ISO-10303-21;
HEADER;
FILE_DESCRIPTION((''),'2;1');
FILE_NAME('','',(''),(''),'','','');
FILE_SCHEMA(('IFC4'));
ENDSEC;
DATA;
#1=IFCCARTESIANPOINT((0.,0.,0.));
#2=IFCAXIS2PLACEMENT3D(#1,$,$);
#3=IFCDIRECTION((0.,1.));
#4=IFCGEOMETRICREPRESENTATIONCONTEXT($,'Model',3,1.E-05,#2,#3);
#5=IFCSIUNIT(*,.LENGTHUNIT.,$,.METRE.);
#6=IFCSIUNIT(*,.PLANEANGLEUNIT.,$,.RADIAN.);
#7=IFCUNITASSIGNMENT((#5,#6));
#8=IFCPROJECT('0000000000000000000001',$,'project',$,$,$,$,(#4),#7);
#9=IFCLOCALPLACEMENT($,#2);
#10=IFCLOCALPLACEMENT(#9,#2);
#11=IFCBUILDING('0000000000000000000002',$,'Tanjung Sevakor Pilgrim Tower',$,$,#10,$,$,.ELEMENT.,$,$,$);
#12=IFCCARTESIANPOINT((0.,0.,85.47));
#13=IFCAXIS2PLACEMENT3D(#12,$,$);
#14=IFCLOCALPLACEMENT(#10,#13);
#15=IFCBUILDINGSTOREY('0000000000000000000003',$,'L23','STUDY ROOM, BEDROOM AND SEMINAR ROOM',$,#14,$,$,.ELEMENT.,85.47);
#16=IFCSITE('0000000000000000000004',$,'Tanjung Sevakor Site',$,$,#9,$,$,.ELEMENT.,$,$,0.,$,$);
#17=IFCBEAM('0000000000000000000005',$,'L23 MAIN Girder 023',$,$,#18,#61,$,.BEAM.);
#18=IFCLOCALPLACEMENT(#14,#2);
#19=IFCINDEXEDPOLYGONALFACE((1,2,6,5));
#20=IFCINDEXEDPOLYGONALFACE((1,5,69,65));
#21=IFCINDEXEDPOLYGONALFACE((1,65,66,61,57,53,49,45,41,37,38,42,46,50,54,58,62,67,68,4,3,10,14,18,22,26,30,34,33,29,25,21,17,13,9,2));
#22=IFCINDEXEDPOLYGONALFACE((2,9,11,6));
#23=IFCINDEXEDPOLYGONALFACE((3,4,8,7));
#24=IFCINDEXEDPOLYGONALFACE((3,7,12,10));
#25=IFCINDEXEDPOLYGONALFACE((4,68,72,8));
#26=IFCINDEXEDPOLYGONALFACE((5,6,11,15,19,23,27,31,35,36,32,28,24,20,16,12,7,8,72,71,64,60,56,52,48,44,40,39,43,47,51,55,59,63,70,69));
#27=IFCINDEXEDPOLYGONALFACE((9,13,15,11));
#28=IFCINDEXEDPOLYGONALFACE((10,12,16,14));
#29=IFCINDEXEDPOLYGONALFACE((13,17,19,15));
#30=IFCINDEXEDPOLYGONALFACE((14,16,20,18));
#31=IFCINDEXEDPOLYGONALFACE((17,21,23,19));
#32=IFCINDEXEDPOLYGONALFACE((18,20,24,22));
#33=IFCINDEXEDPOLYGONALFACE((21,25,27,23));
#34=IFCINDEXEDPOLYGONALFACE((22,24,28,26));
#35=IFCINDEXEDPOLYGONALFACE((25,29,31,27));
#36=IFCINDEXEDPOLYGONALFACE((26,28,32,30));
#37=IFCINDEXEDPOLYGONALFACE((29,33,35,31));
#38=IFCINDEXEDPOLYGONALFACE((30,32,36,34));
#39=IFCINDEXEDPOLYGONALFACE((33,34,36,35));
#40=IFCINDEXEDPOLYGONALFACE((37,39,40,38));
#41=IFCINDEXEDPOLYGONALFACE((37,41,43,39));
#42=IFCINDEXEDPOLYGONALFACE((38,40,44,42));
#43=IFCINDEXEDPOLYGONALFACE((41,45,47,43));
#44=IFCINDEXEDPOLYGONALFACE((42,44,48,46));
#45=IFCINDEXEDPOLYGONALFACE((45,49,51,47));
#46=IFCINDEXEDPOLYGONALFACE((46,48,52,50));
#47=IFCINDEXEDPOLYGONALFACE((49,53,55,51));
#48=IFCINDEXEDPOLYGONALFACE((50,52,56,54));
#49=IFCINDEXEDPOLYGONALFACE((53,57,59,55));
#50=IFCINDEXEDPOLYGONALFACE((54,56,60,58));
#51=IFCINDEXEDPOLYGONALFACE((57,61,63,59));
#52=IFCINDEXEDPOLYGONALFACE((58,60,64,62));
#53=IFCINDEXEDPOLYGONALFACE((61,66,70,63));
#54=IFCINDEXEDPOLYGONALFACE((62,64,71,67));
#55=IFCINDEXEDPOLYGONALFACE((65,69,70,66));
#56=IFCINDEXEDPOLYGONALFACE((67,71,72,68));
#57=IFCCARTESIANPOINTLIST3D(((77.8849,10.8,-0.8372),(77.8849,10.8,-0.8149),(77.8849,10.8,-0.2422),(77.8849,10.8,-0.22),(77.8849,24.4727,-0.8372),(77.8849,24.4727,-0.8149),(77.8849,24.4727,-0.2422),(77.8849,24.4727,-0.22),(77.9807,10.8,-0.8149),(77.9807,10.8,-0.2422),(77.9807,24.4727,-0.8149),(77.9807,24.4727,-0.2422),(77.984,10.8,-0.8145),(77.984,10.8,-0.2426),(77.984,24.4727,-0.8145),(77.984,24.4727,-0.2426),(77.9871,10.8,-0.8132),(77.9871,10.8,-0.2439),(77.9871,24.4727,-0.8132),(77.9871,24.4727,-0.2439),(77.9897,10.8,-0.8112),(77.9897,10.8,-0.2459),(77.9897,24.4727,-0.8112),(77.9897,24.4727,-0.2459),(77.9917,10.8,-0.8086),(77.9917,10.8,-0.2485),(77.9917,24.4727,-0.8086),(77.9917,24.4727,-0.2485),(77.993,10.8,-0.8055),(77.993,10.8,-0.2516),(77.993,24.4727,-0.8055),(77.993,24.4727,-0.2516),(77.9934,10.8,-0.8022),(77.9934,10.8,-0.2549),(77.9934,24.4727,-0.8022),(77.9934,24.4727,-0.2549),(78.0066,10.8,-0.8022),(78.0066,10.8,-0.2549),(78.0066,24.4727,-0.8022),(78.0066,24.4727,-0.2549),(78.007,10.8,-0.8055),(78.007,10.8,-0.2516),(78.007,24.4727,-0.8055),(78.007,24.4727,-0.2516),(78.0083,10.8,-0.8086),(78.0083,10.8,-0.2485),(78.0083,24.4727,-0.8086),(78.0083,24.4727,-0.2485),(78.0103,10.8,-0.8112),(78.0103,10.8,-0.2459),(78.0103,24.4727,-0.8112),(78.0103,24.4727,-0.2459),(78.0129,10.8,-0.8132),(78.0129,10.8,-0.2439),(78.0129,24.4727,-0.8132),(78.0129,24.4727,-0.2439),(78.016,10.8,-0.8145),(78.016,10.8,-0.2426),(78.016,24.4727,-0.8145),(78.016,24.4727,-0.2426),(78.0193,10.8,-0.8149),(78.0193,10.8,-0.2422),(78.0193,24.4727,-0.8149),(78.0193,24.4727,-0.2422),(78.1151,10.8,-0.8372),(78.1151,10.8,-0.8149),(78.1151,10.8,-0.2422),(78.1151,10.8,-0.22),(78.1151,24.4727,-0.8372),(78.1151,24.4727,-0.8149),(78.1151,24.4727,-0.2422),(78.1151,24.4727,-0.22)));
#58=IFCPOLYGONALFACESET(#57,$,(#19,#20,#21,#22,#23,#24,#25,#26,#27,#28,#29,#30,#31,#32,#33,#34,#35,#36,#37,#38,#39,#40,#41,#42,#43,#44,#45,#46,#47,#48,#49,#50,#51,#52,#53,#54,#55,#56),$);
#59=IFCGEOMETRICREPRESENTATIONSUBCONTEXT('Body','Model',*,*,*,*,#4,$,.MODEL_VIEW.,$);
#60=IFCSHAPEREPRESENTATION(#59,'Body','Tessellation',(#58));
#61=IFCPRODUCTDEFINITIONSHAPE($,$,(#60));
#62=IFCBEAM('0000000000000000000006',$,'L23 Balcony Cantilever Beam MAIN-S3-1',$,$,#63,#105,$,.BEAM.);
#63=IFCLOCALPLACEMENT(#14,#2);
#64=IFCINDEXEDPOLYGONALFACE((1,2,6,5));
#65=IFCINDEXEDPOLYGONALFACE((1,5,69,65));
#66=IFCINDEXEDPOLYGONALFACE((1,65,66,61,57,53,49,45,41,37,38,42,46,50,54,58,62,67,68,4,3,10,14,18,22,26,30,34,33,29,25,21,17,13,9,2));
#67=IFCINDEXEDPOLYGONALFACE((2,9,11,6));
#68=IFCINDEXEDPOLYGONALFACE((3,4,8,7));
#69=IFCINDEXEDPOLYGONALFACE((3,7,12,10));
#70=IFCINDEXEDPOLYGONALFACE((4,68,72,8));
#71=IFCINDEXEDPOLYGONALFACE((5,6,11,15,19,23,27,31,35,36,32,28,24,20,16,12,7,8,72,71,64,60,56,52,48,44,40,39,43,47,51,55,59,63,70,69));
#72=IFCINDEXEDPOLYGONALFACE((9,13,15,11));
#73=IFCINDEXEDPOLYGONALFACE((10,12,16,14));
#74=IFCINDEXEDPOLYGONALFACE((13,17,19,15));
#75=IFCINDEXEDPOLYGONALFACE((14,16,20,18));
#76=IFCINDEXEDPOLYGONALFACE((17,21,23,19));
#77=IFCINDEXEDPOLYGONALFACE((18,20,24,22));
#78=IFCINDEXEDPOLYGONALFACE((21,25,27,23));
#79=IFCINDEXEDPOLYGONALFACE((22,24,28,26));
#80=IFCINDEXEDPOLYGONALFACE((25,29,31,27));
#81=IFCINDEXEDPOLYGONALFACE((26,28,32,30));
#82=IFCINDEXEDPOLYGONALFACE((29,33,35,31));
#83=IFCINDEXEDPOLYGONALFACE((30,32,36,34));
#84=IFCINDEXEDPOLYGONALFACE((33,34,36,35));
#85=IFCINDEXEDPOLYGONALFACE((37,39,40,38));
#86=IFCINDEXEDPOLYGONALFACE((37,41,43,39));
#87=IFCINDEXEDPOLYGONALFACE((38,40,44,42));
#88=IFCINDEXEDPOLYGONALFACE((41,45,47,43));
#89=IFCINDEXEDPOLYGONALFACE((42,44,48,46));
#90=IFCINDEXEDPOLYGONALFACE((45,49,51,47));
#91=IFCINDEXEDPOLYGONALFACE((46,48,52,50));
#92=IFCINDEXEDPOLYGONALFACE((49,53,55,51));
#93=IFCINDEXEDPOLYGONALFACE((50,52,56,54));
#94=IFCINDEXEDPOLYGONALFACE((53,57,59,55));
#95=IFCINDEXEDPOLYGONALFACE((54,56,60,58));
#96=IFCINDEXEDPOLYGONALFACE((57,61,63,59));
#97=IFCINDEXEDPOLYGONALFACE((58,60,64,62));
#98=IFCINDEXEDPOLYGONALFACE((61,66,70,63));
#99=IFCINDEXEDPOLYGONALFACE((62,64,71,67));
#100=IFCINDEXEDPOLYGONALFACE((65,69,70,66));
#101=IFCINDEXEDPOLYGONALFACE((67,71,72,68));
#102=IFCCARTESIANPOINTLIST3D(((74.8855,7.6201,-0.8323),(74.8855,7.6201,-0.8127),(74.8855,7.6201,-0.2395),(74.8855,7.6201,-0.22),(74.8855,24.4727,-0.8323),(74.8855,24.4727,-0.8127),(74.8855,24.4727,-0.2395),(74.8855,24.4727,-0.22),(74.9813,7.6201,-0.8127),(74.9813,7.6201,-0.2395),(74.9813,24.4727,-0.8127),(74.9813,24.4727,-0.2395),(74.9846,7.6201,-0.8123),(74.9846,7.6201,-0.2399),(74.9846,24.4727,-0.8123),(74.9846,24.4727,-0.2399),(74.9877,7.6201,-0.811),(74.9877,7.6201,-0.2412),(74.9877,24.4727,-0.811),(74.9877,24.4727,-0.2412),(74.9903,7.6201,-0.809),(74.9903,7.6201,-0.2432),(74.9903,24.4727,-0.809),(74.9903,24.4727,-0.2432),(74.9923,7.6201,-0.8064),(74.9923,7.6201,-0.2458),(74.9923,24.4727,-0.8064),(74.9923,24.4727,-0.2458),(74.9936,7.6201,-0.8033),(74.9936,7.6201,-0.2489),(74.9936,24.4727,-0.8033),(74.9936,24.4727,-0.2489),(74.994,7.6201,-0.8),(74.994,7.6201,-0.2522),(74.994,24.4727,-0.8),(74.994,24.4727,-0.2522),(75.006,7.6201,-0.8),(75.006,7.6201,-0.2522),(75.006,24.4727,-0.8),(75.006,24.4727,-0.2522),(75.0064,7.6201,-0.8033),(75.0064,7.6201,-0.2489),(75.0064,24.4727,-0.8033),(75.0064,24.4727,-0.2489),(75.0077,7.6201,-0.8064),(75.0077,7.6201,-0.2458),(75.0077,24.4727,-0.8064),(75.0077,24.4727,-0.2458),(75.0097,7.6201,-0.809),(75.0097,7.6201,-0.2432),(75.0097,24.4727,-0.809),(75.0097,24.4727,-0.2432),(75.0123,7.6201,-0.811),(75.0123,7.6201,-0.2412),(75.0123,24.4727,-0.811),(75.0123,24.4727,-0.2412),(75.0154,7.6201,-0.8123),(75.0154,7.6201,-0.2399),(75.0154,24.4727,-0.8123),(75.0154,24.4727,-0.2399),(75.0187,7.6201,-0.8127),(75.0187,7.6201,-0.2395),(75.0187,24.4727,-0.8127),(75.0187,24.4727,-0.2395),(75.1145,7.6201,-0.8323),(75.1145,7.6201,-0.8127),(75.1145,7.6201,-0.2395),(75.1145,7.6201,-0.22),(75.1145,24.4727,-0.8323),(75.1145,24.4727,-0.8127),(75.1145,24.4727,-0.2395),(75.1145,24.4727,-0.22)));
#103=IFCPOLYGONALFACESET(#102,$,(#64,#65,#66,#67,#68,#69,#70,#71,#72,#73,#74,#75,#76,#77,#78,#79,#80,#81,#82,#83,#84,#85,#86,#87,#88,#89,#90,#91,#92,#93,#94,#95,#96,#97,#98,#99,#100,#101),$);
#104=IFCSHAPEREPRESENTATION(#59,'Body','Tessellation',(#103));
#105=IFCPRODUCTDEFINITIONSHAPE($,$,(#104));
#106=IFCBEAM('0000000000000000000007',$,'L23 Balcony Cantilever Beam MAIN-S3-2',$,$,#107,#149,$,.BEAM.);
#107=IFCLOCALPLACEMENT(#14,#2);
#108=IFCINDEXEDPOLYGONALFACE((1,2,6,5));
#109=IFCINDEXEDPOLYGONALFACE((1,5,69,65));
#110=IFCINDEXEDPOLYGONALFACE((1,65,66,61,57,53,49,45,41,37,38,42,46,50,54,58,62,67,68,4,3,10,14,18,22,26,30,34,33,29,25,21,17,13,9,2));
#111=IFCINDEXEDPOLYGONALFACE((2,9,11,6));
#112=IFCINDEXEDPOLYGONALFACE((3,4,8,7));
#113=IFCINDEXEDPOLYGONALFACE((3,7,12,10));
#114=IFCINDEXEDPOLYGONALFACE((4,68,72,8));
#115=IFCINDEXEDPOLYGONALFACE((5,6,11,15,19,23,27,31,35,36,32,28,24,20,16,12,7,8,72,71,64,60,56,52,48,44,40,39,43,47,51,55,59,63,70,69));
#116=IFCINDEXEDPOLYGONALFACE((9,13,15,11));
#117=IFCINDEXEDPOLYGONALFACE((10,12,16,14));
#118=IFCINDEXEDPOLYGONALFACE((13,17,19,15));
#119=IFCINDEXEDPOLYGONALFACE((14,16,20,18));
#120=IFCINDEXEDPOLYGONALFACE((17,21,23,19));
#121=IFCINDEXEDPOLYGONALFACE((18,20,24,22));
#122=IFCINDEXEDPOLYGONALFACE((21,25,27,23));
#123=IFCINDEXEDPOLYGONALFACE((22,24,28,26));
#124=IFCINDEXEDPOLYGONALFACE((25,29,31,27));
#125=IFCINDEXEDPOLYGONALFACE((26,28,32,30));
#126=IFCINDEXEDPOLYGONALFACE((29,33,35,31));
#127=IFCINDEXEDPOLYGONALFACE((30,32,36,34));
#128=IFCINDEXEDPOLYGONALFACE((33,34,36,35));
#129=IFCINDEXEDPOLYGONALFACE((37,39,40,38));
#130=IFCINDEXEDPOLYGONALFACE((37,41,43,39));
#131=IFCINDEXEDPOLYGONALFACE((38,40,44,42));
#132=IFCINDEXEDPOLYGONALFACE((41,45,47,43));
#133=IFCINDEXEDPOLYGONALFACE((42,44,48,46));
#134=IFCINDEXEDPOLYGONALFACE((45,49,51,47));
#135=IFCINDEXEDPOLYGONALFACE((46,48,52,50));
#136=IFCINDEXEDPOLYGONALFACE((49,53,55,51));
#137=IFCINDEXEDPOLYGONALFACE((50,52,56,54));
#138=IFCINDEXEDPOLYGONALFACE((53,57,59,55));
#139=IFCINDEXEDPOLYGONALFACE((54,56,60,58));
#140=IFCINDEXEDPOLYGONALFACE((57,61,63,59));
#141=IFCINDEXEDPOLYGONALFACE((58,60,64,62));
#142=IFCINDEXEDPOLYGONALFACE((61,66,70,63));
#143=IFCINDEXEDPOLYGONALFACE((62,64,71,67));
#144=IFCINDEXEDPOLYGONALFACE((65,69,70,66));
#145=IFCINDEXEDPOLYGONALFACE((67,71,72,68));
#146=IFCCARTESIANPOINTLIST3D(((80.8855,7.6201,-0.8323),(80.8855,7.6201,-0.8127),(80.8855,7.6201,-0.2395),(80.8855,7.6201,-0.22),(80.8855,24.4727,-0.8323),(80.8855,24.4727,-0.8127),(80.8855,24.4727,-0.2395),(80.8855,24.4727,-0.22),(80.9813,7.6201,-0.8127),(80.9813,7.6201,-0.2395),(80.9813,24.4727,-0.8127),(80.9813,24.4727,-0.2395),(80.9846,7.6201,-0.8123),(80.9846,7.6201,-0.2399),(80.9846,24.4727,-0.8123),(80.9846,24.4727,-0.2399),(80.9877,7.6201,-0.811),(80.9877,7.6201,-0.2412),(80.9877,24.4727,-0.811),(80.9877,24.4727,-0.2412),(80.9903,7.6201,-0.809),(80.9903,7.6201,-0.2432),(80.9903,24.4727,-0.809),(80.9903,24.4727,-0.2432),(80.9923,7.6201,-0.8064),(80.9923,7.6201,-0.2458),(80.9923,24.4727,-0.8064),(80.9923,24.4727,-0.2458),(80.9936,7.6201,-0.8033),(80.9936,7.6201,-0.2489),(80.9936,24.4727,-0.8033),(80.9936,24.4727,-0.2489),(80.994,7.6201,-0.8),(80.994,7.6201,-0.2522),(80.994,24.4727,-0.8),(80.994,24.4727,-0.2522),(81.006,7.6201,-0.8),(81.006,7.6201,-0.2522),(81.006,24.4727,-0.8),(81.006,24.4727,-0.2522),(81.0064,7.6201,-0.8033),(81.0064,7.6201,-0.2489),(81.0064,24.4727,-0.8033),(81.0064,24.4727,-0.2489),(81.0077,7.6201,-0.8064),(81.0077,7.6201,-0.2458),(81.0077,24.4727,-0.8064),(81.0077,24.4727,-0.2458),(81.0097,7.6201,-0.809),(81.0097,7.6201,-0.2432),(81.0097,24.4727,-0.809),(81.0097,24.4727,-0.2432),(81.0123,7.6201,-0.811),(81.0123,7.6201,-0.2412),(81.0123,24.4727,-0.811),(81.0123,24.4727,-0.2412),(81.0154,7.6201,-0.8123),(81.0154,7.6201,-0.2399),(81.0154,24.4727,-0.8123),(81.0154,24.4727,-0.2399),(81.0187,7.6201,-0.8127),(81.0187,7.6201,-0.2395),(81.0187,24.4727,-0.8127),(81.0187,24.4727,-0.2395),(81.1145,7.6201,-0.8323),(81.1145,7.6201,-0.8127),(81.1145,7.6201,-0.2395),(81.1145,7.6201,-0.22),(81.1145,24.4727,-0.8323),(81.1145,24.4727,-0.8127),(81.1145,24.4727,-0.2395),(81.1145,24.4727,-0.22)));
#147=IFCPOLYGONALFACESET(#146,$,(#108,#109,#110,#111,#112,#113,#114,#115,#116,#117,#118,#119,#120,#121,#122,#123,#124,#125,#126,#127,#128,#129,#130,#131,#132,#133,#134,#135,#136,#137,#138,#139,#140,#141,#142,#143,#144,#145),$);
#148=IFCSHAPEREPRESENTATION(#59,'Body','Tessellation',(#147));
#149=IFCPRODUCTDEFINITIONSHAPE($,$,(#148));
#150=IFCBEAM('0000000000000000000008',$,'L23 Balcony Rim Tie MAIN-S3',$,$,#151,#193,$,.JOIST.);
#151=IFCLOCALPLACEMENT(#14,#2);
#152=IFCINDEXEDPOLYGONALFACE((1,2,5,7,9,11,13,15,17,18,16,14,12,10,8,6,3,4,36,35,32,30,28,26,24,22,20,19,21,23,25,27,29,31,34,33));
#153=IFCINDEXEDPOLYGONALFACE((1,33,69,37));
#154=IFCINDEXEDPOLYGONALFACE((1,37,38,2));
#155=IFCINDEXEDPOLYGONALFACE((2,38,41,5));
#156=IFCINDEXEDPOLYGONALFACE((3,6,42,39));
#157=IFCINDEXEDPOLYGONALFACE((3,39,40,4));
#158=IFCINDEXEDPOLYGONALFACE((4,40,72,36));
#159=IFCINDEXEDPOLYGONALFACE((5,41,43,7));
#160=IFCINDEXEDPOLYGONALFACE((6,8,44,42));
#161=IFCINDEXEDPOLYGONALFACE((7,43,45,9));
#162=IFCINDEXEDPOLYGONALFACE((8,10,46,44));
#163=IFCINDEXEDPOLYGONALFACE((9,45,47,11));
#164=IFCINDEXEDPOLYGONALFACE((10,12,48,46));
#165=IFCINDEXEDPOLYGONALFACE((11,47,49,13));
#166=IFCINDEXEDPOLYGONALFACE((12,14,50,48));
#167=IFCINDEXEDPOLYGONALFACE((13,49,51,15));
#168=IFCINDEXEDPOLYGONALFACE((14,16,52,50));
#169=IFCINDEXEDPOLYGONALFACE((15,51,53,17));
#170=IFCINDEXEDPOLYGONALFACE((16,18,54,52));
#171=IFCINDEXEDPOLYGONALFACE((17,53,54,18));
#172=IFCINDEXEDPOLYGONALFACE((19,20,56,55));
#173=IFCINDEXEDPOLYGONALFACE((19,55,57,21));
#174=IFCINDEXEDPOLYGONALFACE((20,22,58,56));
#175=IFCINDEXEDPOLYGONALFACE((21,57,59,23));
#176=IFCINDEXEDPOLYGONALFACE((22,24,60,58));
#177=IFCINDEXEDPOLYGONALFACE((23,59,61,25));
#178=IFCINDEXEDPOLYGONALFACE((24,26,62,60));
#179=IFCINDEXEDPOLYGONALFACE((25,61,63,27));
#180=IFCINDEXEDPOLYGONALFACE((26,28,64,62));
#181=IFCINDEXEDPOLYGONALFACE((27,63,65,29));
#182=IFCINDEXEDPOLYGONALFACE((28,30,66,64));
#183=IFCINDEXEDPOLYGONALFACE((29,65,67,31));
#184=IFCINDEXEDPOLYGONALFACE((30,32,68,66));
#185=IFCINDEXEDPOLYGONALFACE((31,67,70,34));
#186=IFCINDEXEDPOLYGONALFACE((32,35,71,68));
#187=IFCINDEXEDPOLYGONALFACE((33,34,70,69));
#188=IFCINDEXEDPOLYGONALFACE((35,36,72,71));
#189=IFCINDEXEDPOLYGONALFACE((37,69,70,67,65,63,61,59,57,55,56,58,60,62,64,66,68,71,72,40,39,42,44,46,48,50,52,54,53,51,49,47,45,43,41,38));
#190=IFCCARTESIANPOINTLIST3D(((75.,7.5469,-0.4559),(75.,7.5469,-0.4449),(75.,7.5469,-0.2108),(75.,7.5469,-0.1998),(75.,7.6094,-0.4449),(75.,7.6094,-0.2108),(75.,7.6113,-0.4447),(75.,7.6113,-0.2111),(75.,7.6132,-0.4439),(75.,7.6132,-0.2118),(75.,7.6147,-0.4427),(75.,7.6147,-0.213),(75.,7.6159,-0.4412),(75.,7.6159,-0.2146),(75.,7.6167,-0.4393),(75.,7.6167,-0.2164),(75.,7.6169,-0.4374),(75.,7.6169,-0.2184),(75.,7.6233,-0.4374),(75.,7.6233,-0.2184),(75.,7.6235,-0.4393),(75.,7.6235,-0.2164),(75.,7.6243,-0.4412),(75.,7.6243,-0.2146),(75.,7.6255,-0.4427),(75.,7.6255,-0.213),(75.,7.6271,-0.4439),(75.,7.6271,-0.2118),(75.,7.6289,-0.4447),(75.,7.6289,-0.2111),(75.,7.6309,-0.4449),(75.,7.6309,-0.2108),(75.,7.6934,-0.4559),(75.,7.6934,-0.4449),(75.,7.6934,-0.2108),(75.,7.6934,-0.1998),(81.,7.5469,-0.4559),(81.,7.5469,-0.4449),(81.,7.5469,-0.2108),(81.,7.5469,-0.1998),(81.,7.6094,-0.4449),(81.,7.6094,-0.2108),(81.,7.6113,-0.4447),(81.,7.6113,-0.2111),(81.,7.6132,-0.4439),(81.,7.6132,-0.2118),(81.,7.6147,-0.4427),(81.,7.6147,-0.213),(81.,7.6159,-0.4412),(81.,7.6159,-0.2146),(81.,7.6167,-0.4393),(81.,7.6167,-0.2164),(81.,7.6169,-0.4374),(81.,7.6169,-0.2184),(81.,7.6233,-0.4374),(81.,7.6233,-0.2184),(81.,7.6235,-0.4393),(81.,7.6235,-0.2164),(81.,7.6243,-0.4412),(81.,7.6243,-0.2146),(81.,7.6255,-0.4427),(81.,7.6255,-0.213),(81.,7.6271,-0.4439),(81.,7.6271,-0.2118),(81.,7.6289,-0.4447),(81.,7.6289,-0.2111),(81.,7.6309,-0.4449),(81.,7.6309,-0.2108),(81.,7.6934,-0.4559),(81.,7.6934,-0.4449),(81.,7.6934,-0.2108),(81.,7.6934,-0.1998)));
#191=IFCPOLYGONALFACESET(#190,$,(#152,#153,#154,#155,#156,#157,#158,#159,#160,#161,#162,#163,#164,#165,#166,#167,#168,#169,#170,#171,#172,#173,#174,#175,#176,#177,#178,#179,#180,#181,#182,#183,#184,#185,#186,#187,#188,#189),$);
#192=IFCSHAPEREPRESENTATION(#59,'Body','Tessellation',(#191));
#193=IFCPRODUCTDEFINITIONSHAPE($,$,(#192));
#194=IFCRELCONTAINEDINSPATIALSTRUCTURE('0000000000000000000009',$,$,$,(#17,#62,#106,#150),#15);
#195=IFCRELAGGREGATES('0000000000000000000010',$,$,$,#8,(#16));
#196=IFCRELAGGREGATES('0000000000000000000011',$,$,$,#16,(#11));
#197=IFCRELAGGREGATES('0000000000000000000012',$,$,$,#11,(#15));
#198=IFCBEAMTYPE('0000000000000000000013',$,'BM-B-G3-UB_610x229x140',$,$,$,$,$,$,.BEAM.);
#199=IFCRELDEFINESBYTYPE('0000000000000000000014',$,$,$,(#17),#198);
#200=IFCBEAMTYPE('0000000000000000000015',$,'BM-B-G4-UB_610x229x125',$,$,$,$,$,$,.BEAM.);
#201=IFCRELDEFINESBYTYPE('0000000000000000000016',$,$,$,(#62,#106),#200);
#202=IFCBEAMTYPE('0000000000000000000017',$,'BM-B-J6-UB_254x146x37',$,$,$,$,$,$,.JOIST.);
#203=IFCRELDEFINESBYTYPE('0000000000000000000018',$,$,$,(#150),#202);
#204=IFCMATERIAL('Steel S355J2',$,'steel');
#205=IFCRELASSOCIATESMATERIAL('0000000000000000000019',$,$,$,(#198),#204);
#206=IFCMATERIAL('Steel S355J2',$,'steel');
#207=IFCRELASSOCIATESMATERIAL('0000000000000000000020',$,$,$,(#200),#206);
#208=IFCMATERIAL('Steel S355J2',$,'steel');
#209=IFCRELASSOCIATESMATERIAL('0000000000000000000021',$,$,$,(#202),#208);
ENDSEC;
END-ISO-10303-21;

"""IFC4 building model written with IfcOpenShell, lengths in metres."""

from ifc_helpers import new_model, si_unit, direction, frame, origin, origin_2d, place, context, subcontext, project, spatial, i_section, extrude, material, material_profile, profile_set, type_object, element, save


model = new_model("IFC4")

# Units and contexts
model_context = context("Model", 3, precision=1e-05, world=origin(), true_north=direction((0.0, 1.0)))
body_context = subcontext(model_context, "Body", "Model", "MODEL_VIEW")
ifc_project = project(units=[si_unit("LENGTHUNIT", "METRE"), si_unit("PLANEANGLEUNIT", "RADIAN")], contexts=[model_context])

# Site, building, storey
site_placement = place(None, origin())
site = spatial("IfcSite", under=ifc_project, at=site_placement, Name="Tanjung Sevakor Site", CompositionType="ELEMENT", RefElevation=0.0)
building_placement = place(site_placement, origin())
building = spatial("IfcBuilding", under=site, at=building_placement, Name="Tanjung Sevakor Pilgrim Tower", CompositionType="ELEMENT")
storey_placement = place(building_placement, frame((0.0, 0.0, 85.47)))
storey = spatial("IfcBuildingStorey", under=building, at=storey_placement, Name="L23", Description="STUDY ROOM, BEDROOM AND SEMINAR ROOM", CompositionType="ELEMENT", Elevation=85.47)

# Beams
ifc_material_1 = material(Name="Steel S355J2", Category="steel")
ifc_material_profile_1 = material_profile(ifc_material_1, i_section(OverallWidth=0.2302, OverallDepth=0.6172, WebThickness=0.0132, FlangeThickness=0.0222, FilletRadius=0.0127, at=origin_2d()))
ifc_profile_set_1 = profile_set([ifc_material_profile_1], Name="Steel S355J2")
beam_type_1 = type_object("IfcBeamType", Name="BM-B-G3-UB_610x229x140", PredefinedType="BEAM", material=ifc_profile_set_1)
beam_1_placement = place(storey_placement, frame((78.0, 10.8, -0.5286), z_axis=(0.0, 1.0, 0.0), x_axis=(-1.0, 0.0, 0.0)))
element("IfcBeam", 1, at=beam_1_placement, inside=storey, type_object=beam_type_1, Name="L23 MAIN Girder 023", PredefinedType="BEAM", context=body_context, shape_type="SweptSolid", body=[
    extrude(i_section(OverallWidth=0.2302, OverallDepth=0.6172, WebThickness=0.0132, FlangeThickness=0.0222, FilletRadius=0.0127, at=origin_2d()), origin(), (0.0, 0.0, 1.0), 13.6726),
])
ifc_material_2 = material(Name="Steel S355J2", Category="steel")
ifc_material_profile_2 = material_profile(ifc_material_2, i_section(OverallWidth=0.229, OverallDepth=0.6123, WebThickness=0.012, FlangeThickness=0.0195, FilletRadius=0.0127, at=origin_2d()))
ifc_profile_set_2 = profile_set([ifc_material_profile_2], Name="Steel S355J2")
beam_type_2 = type_object("IfcBeamType", Name="BM-B-G4-UB_610x229x125", PredefinedType="BEAM", material=ifc_profile_set_2)
for number, where, z_axis, x_axis, name in (
    (2, (75.0, 24.4727, -0.5261), (0.0, -1.0, 0.0), (1.0, 0.0, 0.0), "L23 Balcony Cantilever Beam MAIN-S3-1"),
    (3, (81.0, 24.4727, -0.5261), (0.0, -1.0, 0.0), (1.0, 0.0, 0.0), "L23 Balcony Cantilever Beam MAIN-S3-2"),
):
    element("IfcBeam", number, at=place(storey_placement, frame(where, z_axis=z_axis, x_axis=x_axis)), inside=storey, type_object=beam_type_2, Name=name, PredefinedType="BEAM", context=body_context, shape_type="SweptSolid", body=[
        extrude(i_section(OverallWidth=0.229, OverallDepth=0.6123, WebThickness=0.012, FlangeThickness=0.0195, FilletRadius=0.0127, at=origin_2d()), origin(), (0.0, 0.0, 1.0), 16.8525),
    ])
ifc_material_3 = material(Name="Steel S355J2", Category="steel")
ifc_material_profile_3 = material_profile(ifc_material_3, i_section(OverallWidth=0.1465, OverallDepth=0.2561, WebThickness=0.0063, FlangeThickness=0.011, FilletRadius=0.0076, at=origin_2d()))
ifc_profile_set_3 = profile_set([ifc_material_profile_3], Name="Steel S355J2")
beam_type_3 = type_object("IfcBeamType", Name="BM-B-J6-UB_254x146x37", PredefinedType="JOIST", material=ifc_profile_set_3)
beam_2_placement = place(storey_placement, frame((75.0, 7.6201, -0.3279), z_axis=(1.0, 0.0, 0.0), x_axis=(0.0, 1.0, 0.0)))
element("IfcBeam", 4, at=beam_2_placement, inside=storey, type_object=beam_type_3, Name="L23 Balcony Rim Tie MAIN-S3", PredefinedType="JOIST", context=body_context, shape_type="SweptSolid", body=[
    extrude(i_section(OverallWidth=0.1465, OverallDepth=0.2561, WebThickness=0.0063, FlangeThickness=0.011, FilletRadius=0.0076, at=origin_2d()), origin(), (0.0, 0.0, 1.0), 6.0),
])

save(model, "model.ifc")
